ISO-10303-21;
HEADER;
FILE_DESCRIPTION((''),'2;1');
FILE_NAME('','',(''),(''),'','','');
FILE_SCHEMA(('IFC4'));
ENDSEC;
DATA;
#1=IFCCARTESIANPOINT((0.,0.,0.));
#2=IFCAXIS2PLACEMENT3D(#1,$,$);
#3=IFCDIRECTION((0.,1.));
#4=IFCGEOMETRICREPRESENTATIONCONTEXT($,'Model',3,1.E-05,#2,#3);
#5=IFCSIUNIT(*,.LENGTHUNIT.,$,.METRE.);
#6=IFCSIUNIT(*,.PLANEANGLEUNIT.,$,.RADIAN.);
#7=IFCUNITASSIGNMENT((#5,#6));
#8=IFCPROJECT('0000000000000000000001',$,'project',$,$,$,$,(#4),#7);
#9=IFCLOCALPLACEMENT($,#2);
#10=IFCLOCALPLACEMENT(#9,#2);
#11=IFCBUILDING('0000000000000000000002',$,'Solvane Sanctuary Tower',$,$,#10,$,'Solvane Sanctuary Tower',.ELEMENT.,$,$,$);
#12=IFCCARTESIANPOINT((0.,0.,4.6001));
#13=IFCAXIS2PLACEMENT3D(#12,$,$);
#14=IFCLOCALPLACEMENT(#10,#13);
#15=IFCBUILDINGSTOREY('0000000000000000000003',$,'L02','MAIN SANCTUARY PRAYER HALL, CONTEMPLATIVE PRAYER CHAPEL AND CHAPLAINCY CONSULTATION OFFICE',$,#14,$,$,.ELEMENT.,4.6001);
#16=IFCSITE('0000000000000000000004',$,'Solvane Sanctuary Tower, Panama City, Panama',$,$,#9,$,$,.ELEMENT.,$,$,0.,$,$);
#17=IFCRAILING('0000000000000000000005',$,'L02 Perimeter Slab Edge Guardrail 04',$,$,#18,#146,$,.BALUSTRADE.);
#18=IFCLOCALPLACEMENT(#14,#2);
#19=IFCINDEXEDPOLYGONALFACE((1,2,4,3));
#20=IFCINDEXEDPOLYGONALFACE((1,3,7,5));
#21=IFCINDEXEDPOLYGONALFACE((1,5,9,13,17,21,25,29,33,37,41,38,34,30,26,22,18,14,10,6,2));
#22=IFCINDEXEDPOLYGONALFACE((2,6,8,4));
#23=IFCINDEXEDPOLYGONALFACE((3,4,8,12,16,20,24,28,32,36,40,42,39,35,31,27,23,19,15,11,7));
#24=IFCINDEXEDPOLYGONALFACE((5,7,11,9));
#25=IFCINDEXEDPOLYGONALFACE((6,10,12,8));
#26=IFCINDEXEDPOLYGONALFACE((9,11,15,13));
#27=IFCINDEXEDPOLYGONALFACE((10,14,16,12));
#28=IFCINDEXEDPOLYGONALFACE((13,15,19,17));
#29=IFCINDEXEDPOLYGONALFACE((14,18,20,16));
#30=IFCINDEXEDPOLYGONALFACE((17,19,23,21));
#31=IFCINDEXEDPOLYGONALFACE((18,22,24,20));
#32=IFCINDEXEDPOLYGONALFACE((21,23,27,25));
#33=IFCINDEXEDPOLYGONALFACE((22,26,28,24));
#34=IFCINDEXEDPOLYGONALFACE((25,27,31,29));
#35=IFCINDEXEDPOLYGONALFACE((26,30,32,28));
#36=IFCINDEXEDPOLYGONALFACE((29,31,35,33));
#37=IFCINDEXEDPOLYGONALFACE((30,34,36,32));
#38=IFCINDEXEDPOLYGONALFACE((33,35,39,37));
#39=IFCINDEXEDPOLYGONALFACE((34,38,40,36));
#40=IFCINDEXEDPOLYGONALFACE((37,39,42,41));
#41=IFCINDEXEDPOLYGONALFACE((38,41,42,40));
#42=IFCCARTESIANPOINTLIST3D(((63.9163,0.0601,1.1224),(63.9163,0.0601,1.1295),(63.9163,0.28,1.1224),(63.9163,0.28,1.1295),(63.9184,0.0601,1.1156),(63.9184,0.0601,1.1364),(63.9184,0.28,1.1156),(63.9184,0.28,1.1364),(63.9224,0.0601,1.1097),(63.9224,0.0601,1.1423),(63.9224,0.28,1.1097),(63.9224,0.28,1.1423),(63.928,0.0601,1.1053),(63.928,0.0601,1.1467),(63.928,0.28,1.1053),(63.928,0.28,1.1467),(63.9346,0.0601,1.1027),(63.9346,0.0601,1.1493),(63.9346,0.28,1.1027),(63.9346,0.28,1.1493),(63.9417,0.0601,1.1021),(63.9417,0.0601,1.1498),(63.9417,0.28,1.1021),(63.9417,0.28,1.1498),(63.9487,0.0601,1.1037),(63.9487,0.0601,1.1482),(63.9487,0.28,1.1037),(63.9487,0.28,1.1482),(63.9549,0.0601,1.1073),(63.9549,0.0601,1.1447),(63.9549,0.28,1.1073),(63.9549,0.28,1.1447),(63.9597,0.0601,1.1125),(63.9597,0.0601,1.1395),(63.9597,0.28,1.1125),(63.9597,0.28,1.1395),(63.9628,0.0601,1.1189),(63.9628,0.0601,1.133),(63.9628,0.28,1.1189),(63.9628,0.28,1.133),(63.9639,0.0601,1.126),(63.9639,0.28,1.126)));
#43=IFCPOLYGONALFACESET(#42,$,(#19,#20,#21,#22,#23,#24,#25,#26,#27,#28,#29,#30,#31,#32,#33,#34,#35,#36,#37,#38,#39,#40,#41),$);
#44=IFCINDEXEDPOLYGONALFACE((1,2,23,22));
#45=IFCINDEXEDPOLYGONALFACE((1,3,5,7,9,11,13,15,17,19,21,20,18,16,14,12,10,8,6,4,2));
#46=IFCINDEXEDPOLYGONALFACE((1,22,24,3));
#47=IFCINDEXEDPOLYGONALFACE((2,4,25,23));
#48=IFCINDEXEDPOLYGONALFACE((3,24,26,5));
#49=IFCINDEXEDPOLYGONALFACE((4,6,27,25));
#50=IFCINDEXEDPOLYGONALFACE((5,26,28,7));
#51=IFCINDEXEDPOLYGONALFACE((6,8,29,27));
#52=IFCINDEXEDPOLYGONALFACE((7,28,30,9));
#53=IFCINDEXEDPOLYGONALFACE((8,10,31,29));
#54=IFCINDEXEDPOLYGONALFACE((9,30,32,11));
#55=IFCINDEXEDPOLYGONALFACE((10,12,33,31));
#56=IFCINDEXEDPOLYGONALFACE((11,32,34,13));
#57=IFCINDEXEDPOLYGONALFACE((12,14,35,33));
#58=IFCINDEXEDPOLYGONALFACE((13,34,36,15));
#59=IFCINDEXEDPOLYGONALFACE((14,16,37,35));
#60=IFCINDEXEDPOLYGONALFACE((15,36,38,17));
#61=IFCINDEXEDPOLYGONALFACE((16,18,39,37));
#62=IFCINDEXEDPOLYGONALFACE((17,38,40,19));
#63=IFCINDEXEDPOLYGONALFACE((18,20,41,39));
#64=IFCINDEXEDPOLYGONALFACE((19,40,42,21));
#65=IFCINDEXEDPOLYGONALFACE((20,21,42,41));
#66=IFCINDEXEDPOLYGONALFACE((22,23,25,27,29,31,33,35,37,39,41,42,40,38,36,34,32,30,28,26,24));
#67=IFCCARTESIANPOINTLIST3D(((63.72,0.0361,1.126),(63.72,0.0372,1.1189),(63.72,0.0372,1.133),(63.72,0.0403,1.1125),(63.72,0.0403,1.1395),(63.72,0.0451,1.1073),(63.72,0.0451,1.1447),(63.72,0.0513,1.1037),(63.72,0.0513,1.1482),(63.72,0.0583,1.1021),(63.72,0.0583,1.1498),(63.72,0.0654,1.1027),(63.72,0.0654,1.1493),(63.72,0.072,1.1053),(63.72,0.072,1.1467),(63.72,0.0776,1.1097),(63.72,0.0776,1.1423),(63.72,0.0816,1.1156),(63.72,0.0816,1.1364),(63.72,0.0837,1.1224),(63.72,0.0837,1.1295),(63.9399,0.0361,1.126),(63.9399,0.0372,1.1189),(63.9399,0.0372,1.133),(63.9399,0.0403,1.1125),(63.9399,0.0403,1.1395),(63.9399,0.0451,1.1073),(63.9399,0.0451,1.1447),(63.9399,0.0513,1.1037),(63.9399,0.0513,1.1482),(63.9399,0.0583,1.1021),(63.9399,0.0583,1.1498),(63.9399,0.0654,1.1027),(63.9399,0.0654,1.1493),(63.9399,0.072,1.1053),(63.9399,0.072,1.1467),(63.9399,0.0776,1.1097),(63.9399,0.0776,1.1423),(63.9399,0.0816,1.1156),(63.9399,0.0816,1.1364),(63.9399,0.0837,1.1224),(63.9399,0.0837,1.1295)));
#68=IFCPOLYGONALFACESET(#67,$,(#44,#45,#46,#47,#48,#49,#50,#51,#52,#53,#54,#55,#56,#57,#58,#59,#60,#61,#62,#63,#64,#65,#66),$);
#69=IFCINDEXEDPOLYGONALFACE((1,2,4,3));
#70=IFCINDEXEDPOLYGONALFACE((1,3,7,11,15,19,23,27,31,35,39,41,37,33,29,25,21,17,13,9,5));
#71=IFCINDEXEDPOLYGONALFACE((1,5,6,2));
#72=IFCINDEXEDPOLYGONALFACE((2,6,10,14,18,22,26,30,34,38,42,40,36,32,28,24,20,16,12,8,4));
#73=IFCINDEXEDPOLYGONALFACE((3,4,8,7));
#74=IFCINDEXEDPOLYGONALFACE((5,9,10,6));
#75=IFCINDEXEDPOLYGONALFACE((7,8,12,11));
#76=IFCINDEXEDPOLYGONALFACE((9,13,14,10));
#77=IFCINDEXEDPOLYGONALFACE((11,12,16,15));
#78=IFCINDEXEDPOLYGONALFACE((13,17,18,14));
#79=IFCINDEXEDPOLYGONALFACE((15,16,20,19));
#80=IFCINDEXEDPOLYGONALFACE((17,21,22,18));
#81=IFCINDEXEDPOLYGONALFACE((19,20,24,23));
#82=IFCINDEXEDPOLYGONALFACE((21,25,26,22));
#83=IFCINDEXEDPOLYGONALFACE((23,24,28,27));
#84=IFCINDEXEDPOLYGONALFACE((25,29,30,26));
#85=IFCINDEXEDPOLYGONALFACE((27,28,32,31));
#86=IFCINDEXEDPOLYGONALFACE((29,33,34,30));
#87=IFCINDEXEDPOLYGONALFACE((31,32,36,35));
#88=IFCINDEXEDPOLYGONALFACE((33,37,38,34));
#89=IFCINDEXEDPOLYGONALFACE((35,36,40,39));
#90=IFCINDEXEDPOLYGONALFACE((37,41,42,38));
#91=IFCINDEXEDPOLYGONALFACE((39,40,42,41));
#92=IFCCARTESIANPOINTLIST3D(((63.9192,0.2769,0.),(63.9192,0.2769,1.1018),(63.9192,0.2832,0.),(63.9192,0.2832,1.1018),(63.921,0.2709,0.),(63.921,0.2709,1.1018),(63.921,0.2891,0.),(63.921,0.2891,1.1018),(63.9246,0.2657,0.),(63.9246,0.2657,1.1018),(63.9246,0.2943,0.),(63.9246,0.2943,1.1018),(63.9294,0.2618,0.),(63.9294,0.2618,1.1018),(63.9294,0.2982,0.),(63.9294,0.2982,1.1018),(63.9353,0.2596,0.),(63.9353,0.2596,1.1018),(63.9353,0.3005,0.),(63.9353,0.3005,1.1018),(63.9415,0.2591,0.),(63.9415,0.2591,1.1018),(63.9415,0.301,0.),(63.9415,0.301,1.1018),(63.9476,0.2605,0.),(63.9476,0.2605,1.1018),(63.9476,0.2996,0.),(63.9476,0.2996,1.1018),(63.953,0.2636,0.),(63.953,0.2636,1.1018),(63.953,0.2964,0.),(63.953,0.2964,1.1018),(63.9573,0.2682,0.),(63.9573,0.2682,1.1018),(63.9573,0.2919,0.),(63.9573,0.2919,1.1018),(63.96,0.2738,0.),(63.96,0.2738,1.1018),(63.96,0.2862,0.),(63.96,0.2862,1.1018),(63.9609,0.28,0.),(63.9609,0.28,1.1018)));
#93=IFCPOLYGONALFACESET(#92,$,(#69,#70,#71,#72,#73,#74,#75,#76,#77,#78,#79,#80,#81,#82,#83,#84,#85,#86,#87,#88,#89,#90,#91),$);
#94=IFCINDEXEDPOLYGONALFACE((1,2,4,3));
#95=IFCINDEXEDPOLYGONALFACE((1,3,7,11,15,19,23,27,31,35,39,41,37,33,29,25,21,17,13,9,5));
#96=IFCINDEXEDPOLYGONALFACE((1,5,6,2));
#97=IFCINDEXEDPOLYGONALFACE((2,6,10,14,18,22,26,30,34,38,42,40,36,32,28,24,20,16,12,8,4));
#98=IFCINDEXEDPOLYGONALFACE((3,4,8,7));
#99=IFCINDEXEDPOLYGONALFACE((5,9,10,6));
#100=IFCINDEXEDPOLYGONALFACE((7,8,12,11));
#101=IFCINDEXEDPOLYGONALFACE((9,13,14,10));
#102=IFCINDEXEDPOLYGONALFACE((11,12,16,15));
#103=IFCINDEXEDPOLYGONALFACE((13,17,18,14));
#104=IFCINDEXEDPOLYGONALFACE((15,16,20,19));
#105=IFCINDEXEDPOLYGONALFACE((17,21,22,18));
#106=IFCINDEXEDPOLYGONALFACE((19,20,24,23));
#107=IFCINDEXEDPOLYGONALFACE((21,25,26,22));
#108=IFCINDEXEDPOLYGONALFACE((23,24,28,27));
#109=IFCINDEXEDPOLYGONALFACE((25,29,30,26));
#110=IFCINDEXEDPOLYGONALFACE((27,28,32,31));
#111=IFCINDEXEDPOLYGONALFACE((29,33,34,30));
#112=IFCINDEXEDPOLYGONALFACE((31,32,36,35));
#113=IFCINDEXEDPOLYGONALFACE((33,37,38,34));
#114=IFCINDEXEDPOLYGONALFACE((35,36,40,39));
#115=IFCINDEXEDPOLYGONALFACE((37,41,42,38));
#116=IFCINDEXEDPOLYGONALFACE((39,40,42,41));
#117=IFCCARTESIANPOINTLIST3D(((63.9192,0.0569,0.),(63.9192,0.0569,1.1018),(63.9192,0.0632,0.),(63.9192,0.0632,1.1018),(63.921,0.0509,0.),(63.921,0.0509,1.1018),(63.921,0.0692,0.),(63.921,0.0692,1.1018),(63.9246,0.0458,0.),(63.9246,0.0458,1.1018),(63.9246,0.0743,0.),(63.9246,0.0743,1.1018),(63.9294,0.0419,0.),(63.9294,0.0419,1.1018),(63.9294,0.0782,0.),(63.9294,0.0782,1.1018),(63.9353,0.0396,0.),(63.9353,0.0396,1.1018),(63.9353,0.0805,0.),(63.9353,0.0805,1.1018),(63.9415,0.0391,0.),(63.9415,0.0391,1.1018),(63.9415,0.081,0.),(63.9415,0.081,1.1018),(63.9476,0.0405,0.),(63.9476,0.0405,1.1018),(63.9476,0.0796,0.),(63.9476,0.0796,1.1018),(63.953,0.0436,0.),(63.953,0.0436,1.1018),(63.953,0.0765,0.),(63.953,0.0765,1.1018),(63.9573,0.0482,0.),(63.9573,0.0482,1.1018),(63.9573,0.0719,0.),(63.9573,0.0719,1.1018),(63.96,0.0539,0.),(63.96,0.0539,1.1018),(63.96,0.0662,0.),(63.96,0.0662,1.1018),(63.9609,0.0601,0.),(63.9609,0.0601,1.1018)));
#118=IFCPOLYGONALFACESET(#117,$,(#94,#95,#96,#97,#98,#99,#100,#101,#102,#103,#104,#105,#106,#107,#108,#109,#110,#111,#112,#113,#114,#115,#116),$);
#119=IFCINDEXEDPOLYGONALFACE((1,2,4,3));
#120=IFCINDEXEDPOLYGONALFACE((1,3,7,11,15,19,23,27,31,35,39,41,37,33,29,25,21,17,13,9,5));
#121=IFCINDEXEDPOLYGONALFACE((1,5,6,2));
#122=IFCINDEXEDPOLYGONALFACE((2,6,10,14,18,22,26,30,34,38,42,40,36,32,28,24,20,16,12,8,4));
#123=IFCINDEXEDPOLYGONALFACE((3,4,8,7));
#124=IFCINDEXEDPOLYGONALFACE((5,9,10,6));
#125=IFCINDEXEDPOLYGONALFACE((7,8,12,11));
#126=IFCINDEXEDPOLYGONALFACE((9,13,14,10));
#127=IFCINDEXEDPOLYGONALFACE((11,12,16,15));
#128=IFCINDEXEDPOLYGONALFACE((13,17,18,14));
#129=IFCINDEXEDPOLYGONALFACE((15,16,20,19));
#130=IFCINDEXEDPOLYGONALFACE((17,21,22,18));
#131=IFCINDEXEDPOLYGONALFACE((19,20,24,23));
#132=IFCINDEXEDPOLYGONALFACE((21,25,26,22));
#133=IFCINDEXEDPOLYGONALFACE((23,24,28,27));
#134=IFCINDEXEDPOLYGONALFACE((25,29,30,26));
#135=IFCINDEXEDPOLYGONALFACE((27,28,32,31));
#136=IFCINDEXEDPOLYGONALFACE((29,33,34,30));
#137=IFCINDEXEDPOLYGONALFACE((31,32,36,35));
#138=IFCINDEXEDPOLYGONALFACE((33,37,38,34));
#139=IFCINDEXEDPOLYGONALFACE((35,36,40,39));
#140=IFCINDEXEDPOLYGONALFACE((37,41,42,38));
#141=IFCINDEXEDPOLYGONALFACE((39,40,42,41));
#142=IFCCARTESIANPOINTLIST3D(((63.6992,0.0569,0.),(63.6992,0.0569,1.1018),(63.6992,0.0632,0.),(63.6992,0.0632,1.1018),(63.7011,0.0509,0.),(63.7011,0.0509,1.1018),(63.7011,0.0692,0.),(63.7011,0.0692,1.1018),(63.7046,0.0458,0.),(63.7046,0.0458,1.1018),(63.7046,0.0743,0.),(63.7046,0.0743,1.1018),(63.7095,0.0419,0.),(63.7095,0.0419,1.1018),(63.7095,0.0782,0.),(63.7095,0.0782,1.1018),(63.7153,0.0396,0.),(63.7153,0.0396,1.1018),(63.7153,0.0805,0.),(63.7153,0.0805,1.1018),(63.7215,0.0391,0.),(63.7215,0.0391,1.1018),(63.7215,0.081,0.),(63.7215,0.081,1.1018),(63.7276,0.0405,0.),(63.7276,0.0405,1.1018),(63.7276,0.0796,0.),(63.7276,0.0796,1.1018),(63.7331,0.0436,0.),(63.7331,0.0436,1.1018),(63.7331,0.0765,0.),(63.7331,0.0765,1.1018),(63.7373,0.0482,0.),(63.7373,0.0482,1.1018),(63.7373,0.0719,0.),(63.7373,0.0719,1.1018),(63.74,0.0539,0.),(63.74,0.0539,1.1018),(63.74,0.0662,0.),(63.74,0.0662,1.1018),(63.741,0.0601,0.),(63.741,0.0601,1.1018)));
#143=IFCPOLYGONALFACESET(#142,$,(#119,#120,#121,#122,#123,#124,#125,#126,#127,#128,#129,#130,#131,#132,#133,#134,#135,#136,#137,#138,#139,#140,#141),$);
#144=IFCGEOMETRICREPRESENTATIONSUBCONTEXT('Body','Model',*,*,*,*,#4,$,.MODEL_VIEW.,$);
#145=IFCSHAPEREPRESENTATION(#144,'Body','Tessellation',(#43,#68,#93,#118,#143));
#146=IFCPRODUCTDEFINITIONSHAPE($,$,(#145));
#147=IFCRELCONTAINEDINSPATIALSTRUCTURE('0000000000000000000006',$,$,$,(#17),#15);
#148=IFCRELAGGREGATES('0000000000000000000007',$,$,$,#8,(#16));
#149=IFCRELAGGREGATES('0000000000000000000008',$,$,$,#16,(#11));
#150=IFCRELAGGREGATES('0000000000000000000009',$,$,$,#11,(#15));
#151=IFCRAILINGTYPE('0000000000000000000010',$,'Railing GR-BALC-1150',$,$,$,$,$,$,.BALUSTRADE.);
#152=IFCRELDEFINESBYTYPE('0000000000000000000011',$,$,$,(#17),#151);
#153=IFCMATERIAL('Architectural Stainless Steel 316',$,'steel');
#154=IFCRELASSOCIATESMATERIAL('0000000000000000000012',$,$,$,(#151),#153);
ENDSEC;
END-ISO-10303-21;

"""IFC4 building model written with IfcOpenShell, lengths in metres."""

from ifc_helpers import new_model, si_unit, direction, frame, origin, origin_2d, place, context, subcontext, project, spatial, circle, extrude, material, type_object, element, save


model = new_model("IFC4")

# Units and contexts
model_context = context("Model", 3, precision=1e-05, world=origin(), true_north=direction((0.0, 1.0)))
body_context = subcontext(model_context, "Body", "Model", "MODEL_VIEW")
ifc_project = project(units=[si_unit("LENGTHUNIT", "METRE"), si_unit("PLANEANGLEUNIT", "RADIAN")], contexts=[model_context])

# Site, building, storey
site_placement = place(None, origin())
site = spatial("IfcSite", under=ifc_project, at=site_placement, Name="Solvane Sanctuary Tower, Panama City, Panama", CompositionType="ELEMENT", RefElevation=0.0)
building_placement = place(site_placement, origin())
building = spatial("IfcBuilding", under=site, at=building_placement, Name="Solvane Sanctuary Tower", LongName="Solvane Sanctuary Tower", CompositionType="ELEMENT")
storey_placement = place(building_placement, frame((0.0, 0.0, 4.6001)))
storey = spatial("IfcBuildingStorey", under=building, at=storey_placement, Name="L02", Description="MAIN SANCTUARY PRAYER HALL, CONTEMPLATIVE PRAYER CHAPEL AND CHAPLAINCY CONSULTATION OFFICE", CompositionType="ELEMENT", Elevation=4.6001)

# Shared definitions
ifc_material_1 = material(Name="Architectural Stainless Steel 316", Category="steel")

# Railing
railing_type_1 = type_object("IfcRailingType", Name="Railing GR-BALC-1150", PredefinedType="BALUSTRADE", material=ifc_material_1)
railing_1_placement = place(storey_placement, frame((63.9399, 0.28, 0.0)))
element("IfcRailing", 1, at=railing_1_placement, inside=storey, type_object=railing_type_1, Name="L02 Perimeter Slab Edge Guardrail 04", PredefinedType="BALUSTRADE", context=body_context, shape_type="SweptSolid", body=[
    extrude(circle(Radius=0.0239, at=origin_2d()), frame((0.0, 0.0, 1.126), z_axis=(0.0, -1.0, 0.0), x_axis=(1.0, 0.0, 0.0)), (0.0, 0.0, 1.0), 0.22),
    extrude(circle(Radius=0.0239, at=origin_2d()), frame((0.0, -0.22, 1.126), z_axis=(-1.0, 0.0, 0.0), x_axis=(0.0, -1.0, 0.0)), (0.0, 0.0, 1.0), 0.22),
    extrude(circle(Radius=0.021, at=origin_2d()), origin(), (0.0, 0.0, 1.0), 1.1018),
    extrude(circle(Radius=0.021, at=origin_2d()), frame((0.0, -0.22, 0.0)), (0.0, 0.0, 1.0), 1.1018),
    extrude(circle(Radius=0.021, at=origin_2d()), frame((-0.22, -0.22, 0.0)), (0.0, 0.0, 1.0), 1.1018),
])

save(model, "model.ifc")
